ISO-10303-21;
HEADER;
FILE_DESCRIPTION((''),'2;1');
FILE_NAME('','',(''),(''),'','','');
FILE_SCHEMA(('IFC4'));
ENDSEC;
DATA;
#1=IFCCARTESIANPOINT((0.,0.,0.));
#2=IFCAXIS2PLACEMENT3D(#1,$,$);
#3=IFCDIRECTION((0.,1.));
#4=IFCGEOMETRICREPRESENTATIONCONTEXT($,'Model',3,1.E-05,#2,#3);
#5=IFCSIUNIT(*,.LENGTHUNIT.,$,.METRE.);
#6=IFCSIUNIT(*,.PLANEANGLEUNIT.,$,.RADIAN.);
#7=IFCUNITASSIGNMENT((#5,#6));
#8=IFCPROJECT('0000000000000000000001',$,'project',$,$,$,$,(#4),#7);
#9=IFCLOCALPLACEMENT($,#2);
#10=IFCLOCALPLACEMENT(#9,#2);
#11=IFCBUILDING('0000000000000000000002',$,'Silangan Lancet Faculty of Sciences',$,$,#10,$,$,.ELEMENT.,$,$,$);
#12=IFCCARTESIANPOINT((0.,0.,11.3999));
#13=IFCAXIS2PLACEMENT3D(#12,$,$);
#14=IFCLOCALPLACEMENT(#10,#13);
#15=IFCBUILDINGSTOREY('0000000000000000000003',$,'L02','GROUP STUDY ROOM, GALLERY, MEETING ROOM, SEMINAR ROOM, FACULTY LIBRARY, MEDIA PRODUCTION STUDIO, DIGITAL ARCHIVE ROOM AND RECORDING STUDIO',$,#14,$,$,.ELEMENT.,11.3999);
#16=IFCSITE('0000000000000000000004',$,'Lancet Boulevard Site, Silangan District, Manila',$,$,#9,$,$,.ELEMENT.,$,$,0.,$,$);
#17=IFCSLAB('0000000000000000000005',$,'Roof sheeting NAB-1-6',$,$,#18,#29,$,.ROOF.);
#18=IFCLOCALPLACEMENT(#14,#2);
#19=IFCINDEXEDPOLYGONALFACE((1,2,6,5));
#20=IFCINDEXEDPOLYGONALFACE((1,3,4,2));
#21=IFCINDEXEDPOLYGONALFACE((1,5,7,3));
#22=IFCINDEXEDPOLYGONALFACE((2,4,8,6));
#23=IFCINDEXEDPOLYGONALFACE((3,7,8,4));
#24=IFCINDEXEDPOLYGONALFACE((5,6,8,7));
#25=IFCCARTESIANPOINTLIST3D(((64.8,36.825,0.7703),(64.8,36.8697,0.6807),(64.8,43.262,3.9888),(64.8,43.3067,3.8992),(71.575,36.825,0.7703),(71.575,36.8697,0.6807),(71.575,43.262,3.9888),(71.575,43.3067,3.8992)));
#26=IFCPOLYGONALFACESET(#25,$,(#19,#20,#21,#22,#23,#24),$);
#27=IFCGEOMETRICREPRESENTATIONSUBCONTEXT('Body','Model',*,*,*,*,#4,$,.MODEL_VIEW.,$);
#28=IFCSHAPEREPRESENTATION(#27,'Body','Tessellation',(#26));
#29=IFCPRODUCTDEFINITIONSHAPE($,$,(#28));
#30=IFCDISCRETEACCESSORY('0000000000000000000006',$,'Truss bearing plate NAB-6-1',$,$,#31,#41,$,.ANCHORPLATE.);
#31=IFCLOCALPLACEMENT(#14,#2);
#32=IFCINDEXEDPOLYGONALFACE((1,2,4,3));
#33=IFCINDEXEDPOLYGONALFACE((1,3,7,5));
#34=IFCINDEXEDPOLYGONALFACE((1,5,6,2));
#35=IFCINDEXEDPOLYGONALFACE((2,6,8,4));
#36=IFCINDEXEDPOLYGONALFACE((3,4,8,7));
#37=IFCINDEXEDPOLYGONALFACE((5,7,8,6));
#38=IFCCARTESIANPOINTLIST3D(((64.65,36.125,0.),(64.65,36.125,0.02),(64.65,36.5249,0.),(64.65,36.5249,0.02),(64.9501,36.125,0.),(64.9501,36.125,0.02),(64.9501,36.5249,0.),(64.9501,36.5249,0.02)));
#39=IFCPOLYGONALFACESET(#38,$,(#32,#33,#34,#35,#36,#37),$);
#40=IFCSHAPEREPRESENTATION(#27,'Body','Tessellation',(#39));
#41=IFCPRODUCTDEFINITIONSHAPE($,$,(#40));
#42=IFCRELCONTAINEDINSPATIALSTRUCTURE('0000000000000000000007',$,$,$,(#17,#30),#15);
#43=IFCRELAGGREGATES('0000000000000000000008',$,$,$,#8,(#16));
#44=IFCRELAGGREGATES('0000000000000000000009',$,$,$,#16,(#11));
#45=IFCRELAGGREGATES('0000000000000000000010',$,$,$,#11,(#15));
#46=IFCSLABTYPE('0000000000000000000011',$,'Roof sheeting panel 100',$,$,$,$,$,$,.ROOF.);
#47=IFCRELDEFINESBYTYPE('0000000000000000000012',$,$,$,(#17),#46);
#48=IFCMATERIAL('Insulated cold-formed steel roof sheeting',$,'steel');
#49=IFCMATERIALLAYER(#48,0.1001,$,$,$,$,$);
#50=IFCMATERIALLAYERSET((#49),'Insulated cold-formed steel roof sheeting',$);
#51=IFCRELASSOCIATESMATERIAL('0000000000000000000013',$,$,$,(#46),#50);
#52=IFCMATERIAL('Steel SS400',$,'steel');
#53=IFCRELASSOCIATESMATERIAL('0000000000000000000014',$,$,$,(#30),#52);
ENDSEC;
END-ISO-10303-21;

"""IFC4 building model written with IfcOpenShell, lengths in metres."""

from ifc_helpers import new_model, si_unit, direction, frame, origin, origin_2d, place, context, subcontext, project, spatial, polyline, rectangle, outline, extrude, material, layer, layer_set, type_object, element, save


model = new_model("IFC4")

# Units and contexts
model_context = context("Model", 3, precision=1e-05, world=origin(), true_north=direction((0.0, 1.0)))
body_context = subcontext(model_context, "Body", "Model", "MODEL_VIEW")
ifc_project = project(units=[si_unit("LENGTHUNIT", "METRE"), si_unit("PLANEANGLEUNIT", "RADIAN")], contexts=[model_context])

# Site, building, storey
site_placement = place(None, origin())
site = spatial("IfcSite", under=ifc_project, at=site_placement, Name="Lancet Boulevard Site, Silangan District, Manila", CompositionType="ELEMENT", RefElevation=0.0)
building_placement = place(site_placement, origin())
building = spatial("IfcBuilding", under=site, at=building_placement, Name="Silangan Lancet Faculty of Sciences", CompositionType="ELEMENT")
storey_placement = place(building_placement, frame((0.0, 0.0, 11.3999)))
storey = spatial("IfcBuildingStorey", under=building, at=storey_placement, Name="L02", Description="GROUP STUDY ROOM, GALLERY, MEETING ROOM, SEMINAR ROOM, FACULTY LIBRARY, MEDIA PRODUCTION STUDIO, DIGITAL ARCHIVE ROOM AND RECORDING STUDIO", CompositionType="ELEMENT", Elevation=11.3999)

# Slab
ifc_material_1 = material(Name="Insulated cold-formed steel roof sheeting", Category="steel")
ifc_layer = layer(ifc_material_1, 0.1001)
ifc_layer_set = layer_set([ifc_layer], Name="Insulated cold-formed steel roof sheeting")
slab_type = type_object("IfcSlabType", Name="Roof sheeting panel 100", PredefinedType="ROOF", material=ifc_layer_set)
slab_placement = place(storey_placement, frame((64.8, 36.825, 0.7703), z_axis=(0.0, -0.447214, 0.894427), x_axis=(1.0, 0.0, 0.0)))
element("IfcSlab", 1, at=slab_placement, inside=storey, type_object=slab_type, Name="Roof sheeting NAB-1-6", PredefinedType="ROOF", context=body_context, shape_type="SweptSolid", body=[
    extrude(outline(polyline([(0.0, 0.0), (6.7749, 0.0), (6.7749, 7.1968), (0.0, 7.1968), (0.0, 0.0)])), origin(), (0.0, 0.0, -1.0), 0.1001),
])

# Discrete accessory
ifc_material_2 = material(Name="Steel SS400", Category="steel")
discrete_accessory_placement = place(storey_placement, frame((64.8, 36.325, 0.0), z_axis=(0.0, 0.0, 1.0), x_axis=(1.0, 0.0, 0.0)))
element("IfcDiscreteAccessory", 2, at=discrete_accessory_placement, inside=storey, material=ifc_material_2, Name="Truss bearing plate NAB-6-1", PredefinedType="ANCHORPLATE", context=body_context, shape_type="SweptSolid", body=[
    extrude(rectangle(XDim=0.3, YDim=0.3999, at=origin_2d()), origin(), (0.0, 0.0, 1.0), 0.02),
])

save(model, "model.ifc")
